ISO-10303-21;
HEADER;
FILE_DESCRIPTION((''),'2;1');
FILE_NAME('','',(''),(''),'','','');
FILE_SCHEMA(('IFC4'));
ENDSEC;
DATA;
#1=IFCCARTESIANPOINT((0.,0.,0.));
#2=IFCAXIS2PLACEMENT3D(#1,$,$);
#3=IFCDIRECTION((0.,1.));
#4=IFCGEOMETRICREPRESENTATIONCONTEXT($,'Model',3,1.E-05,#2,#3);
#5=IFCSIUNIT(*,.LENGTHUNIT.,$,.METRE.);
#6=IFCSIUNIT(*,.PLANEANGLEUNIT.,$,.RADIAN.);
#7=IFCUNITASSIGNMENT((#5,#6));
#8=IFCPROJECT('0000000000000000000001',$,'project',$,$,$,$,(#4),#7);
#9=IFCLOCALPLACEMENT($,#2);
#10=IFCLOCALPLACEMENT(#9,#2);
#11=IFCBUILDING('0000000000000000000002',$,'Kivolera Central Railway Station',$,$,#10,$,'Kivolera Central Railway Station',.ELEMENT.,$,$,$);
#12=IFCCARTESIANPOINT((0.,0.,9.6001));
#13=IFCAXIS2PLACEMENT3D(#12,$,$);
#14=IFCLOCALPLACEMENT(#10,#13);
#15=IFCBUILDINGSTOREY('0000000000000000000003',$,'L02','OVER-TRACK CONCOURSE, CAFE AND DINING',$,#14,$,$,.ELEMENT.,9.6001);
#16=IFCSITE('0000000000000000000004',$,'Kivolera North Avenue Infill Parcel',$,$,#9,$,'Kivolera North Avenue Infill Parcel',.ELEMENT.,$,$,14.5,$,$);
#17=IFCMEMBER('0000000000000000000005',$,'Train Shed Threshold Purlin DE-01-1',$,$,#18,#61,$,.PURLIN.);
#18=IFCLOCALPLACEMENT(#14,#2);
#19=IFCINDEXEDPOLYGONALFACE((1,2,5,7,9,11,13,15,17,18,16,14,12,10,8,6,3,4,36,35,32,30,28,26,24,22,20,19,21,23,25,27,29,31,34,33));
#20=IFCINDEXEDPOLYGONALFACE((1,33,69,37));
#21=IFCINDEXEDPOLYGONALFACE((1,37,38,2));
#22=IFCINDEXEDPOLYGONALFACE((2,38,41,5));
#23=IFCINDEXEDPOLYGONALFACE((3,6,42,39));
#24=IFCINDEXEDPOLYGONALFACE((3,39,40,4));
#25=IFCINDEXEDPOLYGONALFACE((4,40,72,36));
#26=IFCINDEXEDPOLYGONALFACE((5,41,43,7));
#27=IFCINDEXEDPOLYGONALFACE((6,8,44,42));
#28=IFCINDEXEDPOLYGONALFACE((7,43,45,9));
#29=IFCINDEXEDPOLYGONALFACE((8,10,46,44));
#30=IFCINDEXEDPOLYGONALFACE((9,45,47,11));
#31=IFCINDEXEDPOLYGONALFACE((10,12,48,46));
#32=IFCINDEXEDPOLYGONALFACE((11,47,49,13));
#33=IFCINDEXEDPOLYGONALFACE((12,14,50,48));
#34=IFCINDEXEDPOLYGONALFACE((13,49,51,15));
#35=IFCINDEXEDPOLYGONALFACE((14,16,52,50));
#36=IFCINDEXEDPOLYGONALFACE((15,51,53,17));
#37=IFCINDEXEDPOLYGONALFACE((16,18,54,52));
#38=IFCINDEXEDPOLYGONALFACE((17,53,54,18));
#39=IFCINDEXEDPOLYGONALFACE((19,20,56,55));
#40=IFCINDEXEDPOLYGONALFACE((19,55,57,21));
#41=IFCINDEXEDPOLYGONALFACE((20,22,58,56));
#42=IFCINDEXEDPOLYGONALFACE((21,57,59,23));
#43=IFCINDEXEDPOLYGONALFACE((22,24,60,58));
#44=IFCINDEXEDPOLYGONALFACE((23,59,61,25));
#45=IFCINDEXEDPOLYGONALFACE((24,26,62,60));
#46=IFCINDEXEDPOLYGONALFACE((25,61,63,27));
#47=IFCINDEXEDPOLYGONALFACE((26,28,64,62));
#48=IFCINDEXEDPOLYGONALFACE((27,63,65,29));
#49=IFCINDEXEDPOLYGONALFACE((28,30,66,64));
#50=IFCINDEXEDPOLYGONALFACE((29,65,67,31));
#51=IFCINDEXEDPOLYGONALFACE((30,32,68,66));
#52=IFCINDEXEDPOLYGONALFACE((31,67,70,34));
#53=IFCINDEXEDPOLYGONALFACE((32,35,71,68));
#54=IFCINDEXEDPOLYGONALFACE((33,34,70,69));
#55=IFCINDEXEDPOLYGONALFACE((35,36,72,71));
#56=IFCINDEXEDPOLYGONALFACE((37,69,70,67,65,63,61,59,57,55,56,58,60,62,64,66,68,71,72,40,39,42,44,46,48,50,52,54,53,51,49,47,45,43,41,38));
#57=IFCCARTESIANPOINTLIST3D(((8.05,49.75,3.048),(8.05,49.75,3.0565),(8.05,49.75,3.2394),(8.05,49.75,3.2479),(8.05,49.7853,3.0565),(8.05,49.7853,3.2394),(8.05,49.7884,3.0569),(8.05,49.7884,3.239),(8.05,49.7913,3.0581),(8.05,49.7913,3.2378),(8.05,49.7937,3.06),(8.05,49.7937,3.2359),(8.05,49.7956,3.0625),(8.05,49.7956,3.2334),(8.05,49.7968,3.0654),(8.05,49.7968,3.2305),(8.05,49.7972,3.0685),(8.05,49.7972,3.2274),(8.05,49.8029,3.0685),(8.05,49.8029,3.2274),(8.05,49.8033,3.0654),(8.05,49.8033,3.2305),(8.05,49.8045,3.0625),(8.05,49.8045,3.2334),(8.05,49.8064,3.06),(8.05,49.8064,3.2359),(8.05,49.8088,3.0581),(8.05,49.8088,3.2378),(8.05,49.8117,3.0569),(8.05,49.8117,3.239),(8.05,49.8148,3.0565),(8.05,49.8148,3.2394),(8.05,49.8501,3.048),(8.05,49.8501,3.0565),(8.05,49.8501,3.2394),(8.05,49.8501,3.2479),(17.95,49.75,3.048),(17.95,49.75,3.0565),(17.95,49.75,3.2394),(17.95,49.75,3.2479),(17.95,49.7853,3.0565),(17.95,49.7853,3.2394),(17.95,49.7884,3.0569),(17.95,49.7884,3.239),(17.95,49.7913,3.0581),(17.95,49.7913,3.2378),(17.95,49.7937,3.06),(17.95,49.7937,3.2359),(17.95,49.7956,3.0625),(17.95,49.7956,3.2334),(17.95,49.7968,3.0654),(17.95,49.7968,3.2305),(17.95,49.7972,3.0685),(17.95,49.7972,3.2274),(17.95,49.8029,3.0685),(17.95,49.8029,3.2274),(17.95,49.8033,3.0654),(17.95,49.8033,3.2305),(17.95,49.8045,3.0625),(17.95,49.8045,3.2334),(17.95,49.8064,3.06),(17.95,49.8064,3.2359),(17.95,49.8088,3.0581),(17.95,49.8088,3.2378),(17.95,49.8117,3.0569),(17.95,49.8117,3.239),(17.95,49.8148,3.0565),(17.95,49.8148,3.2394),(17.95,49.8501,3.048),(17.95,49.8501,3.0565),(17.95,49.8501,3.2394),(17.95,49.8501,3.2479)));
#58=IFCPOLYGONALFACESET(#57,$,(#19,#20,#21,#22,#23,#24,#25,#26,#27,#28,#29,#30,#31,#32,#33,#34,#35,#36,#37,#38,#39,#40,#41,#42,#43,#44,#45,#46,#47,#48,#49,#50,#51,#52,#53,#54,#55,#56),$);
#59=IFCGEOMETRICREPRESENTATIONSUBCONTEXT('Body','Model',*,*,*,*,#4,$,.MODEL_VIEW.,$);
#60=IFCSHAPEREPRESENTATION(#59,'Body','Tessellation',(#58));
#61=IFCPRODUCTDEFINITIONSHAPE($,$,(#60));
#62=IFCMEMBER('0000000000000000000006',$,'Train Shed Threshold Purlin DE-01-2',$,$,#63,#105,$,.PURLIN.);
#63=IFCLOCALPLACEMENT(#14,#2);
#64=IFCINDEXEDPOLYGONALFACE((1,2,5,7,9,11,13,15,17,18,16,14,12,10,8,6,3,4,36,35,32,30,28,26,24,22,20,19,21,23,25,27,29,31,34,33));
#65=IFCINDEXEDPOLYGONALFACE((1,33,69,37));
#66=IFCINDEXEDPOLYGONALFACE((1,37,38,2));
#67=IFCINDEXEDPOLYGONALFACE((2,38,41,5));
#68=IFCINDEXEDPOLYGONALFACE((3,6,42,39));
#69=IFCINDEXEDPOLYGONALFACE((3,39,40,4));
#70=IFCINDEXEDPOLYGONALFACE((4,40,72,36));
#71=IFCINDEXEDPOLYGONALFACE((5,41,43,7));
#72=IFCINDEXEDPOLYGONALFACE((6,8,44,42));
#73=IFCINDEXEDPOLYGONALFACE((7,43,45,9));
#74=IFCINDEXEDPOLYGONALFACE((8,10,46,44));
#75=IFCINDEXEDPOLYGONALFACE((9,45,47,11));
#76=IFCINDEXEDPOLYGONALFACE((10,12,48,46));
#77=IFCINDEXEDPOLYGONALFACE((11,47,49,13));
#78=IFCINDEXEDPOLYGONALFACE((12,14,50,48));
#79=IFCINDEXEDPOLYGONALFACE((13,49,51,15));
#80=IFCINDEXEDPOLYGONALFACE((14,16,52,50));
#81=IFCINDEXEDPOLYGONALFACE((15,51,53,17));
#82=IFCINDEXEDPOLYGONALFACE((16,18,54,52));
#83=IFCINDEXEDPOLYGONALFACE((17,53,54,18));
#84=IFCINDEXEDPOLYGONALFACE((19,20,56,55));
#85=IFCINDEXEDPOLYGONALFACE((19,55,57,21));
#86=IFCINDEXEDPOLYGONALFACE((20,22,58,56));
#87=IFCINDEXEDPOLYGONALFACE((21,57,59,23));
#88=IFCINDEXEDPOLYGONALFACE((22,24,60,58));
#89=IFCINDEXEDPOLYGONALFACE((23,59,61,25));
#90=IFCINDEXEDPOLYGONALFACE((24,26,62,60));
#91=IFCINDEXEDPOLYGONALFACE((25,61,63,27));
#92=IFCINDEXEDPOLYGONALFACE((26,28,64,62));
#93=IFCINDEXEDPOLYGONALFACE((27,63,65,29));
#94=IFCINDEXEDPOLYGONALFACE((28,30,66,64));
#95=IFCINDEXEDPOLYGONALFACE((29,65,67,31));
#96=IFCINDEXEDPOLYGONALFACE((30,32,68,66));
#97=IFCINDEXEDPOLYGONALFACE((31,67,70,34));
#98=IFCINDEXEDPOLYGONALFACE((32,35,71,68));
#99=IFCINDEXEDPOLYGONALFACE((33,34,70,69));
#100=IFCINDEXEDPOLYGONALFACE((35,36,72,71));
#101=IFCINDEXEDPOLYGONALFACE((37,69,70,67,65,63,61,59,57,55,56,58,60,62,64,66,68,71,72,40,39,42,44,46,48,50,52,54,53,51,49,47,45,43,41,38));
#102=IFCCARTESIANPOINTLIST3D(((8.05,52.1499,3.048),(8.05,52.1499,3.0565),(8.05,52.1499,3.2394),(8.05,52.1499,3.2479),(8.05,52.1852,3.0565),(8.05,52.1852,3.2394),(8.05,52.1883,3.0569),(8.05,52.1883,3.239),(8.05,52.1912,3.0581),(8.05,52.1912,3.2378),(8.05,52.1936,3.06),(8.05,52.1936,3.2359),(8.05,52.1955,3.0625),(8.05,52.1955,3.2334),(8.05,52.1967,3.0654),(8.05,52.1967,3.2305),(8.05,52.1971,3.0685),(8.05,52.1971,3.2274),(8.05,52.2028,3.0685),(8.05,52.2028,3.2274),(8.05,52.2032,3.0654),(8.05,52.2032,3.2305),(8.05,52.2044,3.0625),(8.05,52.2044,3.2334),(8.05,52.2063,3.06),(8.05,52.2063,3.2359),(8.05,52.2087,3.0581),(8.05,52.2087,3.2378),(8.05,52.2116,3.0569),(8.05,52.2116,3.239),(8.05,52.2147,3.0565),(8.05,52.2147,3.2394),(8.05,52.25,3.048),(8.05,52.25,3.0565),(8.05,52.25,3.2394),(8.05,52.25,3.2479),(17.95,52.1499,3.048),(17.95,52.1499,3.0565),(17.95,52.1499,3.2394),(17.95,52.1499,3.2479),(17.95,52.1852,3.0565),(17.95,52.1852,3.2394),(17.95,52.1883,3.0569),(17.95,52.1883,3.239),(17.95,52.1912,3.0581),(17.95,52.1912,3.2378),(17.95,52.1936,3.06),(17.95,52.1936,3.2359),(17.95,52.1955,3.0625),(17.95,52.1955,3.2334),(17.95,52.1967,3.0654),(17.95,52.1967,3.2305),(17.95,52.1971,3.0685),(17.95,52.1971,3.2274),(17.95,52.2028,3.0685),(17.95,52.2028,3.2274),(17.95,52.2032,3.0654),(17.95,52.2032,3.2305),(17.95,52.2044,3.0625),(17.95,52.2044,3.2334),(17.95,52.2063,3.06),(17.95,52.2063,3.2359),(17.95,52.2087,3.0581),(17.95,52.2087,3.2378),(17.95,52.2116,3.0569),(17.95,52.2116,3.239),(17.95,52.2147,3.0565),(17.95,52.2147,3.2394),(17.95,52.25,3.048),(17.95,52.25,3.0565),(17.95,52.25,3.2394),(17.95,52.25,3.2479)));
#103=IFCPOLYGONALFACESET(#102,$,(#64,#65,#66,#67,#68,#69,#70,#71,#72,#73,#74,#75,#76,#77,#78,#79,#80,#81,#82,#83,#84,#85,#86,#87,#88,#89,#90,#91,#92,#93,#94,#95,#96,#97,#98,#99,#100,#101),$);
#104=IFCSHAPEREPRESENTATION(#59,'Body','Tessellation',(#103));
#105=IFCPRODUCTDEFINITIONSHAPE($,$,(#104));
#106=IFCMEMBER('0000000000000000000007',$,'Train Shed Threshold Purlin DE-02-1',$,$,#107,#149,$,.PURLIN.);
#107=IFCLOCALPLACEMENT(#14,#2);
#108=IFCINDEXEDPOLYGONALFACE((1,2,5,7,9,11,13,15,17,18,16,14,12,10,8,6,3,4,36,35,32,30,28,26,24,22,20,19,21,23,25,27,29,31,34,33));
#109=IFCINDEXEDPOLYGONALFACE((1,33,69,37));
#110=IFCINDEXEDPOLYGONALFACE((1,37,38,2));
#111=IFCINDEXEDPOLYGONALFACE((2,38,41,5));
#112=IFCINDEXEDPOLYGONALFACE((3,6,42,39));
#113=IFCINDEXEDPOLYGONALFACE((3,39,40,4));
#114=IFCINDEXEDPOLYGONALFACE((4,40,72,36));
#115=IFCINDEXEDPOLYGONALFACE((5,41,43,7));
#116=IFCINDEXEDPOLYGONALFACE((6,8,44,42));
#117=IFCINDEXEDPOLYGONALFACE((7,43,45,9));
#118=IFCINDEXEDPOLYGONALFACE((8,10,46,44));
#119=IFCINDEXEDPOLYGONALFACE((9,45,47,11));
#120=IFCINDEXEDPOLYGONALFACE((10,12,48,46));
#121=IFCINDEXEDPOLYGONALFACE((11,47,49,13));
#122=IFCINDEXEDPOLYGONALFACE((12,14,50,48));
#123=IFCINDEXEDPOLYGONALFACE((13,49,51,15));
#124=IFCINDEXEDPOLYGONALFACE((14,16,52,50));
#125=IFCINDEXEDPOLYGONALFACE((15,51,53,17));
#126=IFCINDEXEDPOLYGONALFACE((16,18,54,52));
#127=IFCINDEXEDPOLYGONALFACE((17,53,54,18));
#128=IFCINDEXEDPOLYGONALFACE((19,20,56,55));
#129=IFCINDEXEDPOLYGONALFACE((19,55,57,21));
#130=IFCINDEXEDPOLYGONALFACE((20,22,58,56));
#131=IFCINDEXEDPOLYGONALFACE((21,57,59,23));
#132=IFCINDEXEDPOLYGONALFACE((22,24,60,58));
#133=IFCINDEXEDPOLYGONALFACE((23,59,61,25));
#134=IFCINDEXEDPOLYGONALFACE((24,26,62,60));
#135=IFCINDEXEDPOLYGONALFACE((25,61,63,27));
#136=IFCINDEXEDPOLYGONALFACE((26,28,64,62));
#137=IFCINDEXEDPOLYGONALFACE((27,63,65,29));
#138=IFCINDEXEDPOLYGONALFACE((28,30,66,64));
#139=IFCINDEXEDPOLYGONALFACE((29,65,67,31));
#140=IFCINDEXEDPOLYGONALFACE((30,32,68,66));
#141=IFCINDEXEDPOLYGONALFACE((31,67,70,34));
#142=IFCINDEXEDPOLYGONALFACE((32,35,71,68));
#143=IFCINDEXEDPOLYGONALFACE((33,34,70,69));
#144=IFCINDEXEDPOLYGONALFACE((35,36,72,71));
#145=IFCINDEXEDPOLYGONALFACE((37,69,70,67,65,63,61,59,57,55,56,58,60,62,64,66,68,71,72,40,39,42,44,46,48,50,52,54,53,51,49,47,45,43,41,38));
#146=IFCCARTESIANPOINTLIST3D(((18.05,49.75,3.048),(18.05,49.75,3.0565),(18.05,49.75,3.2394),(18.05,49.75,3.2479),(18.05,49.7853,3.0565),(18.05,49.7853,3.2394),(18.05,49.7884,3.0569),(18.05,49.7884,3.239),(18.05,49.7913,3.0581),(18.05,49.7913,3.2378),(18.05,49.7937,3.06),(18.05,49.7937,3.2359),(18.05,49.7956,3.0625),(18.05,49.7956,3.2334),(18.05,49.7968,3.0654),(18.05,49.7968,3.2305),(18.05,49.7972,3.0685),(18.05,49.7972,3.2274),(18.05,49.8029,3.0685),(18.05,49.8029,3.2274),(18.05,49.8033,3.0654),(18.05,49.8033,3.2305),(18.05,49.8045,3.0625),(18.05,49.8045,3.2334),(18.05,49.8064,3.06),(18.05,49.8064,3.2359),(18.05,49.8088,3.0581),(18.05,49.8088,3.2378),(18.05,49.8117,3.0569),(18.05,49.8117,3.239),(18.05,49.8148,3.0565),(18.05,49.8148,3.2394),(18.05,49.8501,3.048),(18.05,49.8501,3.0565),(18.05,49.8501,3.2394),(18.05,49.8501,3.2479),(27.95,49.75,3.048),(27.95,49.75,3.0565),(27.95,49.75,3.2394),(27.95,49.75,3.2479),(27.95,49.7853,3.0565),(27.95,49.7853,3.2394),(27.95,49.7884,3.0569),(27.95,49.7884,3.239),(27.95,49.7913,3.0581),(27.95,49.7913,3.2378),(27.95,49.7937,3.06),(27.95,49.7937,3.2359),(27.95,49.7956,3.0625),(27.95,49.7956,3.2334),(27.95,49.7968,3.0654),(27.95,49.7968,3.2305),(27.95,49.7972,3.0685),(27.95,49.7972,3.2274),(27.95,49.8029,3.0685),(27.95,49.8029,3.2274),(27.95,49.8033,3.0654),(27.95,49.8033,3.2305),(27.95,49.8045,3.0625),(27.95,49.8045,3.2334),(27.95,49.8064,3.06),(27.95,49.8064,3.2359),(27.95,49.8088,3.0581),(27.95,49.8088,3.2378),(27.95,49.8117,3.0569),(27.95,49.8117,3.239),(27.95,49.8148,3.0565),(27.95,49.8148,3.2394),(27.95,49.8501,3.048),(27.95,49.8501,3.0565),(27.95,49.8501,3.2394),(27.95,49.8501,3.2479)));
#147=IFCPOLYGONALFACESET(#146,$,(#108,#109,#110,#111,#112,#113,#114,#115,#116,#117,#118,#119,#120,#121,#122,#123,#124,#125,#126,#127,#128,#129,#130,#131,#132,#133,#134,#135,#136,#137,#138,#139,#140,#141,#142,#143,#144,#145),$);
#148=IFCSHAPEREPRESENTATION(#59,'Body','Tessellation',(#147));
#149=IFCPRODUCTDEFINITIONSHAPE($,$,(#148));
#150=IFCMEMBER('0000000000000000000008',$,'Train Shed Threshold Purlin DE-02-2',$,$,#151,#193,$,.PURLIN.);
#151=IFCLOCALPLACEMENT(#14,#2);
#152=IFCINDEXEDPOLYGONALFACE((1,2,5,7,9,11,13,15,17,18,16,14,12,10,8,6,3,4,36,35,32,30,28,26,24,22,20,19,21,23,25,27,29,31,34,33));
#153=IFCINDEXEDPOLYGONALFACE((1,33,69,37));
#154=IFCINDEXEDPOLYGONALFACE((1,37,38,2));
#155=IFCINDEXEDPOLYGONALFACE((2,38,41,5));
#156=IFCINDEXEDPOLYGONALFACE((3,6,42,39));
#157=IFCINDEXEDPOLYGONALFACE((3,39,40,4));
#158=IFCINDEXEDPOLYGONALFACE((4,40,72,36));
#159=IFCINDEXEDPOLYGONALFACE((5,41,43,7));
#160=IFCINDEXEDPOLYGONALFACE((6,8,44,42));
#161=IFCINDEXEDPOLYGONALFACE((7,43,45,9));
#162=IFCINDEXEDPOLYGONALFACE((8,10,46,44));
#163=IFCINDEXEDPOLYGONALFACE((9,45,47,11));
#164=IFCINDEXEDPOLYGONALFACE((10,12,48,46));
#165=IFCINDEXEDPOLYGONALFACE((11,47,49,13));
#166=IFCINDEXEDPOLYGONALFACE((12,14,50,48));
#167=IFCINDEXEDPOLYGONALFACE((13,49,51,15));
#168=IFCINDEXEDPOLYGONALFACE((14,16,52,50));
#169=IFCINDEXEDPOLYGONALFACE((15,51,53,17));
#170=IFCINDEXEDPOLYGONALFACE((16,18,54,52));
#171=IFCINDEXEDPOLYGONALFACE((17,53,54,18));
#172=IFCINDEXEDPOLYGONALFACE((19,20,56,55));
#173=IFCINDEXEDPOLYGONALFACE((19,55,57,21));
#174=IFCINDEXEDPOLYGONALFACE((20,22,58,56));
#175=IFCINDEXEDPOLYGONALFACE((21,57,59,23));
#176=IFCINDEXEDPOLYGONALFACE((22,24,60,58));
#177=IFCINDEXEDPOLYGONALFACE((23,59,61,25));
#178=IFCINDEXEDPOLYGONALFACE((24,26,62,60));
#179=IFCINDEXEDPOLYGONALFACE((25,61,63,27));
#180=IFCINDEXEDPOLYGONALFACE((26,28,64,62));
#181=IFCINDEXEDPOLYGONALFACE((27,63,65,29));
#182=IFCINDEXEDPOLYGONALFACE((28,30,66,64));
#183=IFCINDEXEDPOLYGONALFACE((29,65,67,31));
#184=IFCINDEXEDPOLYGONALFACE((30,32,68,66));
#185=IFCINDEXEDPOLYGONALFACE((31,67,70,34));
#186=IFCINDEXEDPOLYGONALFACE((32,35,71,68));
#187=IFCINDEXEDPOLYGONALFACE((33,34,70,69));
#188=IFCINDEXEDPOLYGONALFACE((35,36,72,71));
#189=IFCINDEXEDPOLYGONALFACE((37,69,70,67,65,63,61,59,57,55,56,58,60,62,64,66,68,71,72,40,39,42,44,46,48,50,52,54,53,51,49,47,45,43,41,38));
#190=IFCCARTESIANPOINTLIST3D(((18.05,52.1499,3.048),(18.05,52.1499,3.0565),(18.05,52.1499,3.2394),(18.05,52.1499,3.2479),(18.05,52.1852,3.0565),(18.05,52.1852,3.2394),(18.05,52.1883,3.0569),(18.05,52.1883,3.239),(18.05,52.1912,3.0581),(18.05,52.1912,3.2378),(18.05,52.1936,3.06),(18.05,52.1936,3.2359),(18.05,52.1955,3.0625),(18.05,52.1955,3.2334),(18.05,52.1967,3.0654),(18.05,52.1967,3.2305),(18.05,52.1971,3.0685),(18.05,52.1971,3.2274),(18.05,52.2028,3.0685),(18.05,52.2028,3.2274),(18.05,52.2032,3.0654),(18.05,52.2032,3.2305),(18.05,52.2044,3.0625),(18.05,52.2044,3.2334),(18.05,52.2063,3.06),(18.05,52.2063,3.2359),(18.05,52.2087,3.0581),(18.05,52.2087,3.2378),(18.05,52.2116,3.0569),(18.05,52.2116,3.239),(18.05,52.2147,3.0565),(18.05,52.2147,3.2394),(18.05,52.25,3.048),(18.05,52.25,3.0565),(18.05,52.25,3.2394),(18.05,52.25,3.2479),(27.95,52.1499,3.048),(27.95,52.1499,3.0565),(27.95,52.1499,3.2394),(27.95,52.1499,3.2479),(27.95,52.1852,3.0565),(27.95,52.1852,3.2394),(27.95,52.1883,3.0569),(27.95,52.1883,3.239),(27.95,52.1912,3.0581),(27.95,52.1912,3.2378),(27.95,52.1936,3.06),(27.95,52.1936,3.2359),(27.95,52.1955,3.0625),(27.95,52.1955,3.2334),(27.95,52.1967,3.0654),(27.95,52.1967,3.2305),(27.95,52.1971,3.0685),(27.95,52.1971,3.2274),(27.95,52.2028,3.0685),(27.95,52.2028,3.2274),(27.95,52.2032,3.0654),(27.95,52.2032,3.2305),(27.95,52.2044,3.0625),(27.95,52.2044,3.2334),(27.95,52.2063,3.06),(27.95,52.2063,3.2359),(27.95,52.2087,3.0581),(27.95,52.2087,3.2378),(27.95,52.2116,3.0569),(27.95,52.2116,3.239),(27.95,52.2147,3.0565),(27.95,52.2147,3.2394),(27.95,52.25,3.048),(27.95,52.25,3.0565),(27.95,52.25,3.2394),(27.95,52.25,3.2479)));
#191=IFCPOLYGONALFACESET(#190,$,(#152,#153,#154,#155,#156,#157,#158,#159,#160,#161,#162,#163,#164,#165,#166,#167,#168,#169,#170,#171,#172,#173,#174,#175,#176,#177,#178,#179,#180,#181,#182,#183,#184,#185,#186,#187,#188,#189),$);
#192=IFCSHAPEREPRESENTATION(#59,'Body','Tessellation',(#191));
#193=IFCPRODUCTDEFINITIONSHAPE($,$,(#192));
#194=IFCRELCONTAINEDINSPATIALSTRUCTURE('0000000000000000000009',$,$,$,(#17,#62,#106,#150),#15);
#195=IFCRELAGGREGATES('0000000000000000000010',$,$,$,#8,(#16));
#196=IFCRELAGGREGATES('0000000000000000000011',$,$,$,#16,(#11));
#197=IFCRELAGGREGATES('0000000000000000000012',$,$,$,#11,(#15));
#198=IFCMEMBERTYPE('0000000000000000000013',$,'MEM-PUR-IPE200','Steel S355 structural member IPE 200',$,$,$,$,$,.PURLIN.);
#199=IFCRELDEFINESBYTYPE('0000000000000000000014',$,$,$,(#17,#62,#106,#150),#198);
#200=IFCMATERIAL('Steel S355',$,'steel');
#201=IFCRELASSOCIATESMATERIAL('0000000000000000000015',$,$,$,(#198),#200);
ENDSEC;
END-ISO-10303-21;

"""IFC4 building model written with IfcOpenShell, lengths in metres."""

from ifc_helpers import new_model, si_unit, direction, frame, origin, origin_2d, place, context, subcontext, project, spatial, i_section, extrude, material, material_profile, profile_set, type_object, element, save


model = new_model("IFC4")

# Units and contexts
model_context = context("Model", 3, precision=1e-05, world=origin(), true_north=direction((0.0, 1.0)))
body_context = subcontext(model_context, "Body", "Model", "MODEL_VIEW")
ifc_project = project(units=[si_unit("LENGTHUNIT", "METRE"), si_unit("PLANEANGLEUNIT", "RADIAN")], contexts=[model_context])

# Site, building, storey
site_placement = place(None, origin())
site = spatial("IfcSite", under=ifc_project, at=site_placement, Name="Kivolera North Avenue Infill Parcel", LongName="Kivolera North Avenue Infill Parcel", CompositionType="ELEMENT", RefElevation=14.5)
building_placement = place(site_placement, origin())
building = spatial("IfcBuilding", under=site, at=building_placement, Name="Kivolera Central Railway Station", LongName="Kivolera Central Railway Station", CompositionType="ELEMENT")
storey_placement = place(building_placement, frame((0.0, 0.0, 9.6001)))
storey = spatial("IfcBuildingStorey", under=building, at=storey_placement, Name="L02", Description="OVER-TRACK CONCOURSE, CAFE AND DINING", CompositionType="ELEMENT", Elevation=9.6001)

# Shared definitions
ifc_material_1 = material(Name="Steel S355", Category="steel")

# Members
ifc_material_profile_1 = material_profile(ifc_material_1, i_section(OverallWidth=0.1001, OverallDepth=0.2, WebThickness=0.0056, FlangeThickness=0.0085, FilletRadius=0.012, at=origin_2d()), Name="IPE 200")
ifc_profile_set_1 = profile_set([ifc_material_profile_1], Name="Steel S355")
member_type_1 = type_object("IfcMemberType", Name="MEM-PUR-IPE200", Description="Steel S355 structural member IPE 200", PredefinedType="PURLIN", material=ifc_profile_set_1)
for number, where, z_axis, x_axis, name in (
    (1, (8.05, 49.8, 3.1479), (1.0, 0.0, 0.0), (0.0, 1.0, 0.0), "Train Shed Threshold Purlin DE-01-1"),
    (2, (8.05, 52.2, 3.1479), (1.0, 0.0, 0.0), (0.0, 1.0, 0.0), "Train Shed Threshold Purlin DE-01-2"),
    (3, (18.05, 49.8, 3.1479), (1.0, 0.0, 0.0), (0.0, 1.0, 0.0), "Train Shed Threshold Purlin DE-02-1"),
    (4, (18.05, 52.2, 3.1479), (1.0, 0.0, 0.0), (0.0, 1.0, 0.0), "Train Shed Threshold Purlin DE-02-2"),
):
    element("IfcMember", number, at=place(storey_placement, frame(where, z_axis=z_axis, x_axis=x_axis)), inside=storey, type_object=member_type_1, Name=name, PredefinedType="PURLIN", context=body_context, shape_type="SweptSolid", body=[
        extrude(i_section(OverallWidth=0.1001, OverallDepth=0.2, WebThickness=0.0056, FlangeThickness=0.0085, FilletRadius=0.012, at=origin_2d()), origin(), (0.0, 0.0, 1.0), 9.8999),
    ])

save(model, "model.ifc")
